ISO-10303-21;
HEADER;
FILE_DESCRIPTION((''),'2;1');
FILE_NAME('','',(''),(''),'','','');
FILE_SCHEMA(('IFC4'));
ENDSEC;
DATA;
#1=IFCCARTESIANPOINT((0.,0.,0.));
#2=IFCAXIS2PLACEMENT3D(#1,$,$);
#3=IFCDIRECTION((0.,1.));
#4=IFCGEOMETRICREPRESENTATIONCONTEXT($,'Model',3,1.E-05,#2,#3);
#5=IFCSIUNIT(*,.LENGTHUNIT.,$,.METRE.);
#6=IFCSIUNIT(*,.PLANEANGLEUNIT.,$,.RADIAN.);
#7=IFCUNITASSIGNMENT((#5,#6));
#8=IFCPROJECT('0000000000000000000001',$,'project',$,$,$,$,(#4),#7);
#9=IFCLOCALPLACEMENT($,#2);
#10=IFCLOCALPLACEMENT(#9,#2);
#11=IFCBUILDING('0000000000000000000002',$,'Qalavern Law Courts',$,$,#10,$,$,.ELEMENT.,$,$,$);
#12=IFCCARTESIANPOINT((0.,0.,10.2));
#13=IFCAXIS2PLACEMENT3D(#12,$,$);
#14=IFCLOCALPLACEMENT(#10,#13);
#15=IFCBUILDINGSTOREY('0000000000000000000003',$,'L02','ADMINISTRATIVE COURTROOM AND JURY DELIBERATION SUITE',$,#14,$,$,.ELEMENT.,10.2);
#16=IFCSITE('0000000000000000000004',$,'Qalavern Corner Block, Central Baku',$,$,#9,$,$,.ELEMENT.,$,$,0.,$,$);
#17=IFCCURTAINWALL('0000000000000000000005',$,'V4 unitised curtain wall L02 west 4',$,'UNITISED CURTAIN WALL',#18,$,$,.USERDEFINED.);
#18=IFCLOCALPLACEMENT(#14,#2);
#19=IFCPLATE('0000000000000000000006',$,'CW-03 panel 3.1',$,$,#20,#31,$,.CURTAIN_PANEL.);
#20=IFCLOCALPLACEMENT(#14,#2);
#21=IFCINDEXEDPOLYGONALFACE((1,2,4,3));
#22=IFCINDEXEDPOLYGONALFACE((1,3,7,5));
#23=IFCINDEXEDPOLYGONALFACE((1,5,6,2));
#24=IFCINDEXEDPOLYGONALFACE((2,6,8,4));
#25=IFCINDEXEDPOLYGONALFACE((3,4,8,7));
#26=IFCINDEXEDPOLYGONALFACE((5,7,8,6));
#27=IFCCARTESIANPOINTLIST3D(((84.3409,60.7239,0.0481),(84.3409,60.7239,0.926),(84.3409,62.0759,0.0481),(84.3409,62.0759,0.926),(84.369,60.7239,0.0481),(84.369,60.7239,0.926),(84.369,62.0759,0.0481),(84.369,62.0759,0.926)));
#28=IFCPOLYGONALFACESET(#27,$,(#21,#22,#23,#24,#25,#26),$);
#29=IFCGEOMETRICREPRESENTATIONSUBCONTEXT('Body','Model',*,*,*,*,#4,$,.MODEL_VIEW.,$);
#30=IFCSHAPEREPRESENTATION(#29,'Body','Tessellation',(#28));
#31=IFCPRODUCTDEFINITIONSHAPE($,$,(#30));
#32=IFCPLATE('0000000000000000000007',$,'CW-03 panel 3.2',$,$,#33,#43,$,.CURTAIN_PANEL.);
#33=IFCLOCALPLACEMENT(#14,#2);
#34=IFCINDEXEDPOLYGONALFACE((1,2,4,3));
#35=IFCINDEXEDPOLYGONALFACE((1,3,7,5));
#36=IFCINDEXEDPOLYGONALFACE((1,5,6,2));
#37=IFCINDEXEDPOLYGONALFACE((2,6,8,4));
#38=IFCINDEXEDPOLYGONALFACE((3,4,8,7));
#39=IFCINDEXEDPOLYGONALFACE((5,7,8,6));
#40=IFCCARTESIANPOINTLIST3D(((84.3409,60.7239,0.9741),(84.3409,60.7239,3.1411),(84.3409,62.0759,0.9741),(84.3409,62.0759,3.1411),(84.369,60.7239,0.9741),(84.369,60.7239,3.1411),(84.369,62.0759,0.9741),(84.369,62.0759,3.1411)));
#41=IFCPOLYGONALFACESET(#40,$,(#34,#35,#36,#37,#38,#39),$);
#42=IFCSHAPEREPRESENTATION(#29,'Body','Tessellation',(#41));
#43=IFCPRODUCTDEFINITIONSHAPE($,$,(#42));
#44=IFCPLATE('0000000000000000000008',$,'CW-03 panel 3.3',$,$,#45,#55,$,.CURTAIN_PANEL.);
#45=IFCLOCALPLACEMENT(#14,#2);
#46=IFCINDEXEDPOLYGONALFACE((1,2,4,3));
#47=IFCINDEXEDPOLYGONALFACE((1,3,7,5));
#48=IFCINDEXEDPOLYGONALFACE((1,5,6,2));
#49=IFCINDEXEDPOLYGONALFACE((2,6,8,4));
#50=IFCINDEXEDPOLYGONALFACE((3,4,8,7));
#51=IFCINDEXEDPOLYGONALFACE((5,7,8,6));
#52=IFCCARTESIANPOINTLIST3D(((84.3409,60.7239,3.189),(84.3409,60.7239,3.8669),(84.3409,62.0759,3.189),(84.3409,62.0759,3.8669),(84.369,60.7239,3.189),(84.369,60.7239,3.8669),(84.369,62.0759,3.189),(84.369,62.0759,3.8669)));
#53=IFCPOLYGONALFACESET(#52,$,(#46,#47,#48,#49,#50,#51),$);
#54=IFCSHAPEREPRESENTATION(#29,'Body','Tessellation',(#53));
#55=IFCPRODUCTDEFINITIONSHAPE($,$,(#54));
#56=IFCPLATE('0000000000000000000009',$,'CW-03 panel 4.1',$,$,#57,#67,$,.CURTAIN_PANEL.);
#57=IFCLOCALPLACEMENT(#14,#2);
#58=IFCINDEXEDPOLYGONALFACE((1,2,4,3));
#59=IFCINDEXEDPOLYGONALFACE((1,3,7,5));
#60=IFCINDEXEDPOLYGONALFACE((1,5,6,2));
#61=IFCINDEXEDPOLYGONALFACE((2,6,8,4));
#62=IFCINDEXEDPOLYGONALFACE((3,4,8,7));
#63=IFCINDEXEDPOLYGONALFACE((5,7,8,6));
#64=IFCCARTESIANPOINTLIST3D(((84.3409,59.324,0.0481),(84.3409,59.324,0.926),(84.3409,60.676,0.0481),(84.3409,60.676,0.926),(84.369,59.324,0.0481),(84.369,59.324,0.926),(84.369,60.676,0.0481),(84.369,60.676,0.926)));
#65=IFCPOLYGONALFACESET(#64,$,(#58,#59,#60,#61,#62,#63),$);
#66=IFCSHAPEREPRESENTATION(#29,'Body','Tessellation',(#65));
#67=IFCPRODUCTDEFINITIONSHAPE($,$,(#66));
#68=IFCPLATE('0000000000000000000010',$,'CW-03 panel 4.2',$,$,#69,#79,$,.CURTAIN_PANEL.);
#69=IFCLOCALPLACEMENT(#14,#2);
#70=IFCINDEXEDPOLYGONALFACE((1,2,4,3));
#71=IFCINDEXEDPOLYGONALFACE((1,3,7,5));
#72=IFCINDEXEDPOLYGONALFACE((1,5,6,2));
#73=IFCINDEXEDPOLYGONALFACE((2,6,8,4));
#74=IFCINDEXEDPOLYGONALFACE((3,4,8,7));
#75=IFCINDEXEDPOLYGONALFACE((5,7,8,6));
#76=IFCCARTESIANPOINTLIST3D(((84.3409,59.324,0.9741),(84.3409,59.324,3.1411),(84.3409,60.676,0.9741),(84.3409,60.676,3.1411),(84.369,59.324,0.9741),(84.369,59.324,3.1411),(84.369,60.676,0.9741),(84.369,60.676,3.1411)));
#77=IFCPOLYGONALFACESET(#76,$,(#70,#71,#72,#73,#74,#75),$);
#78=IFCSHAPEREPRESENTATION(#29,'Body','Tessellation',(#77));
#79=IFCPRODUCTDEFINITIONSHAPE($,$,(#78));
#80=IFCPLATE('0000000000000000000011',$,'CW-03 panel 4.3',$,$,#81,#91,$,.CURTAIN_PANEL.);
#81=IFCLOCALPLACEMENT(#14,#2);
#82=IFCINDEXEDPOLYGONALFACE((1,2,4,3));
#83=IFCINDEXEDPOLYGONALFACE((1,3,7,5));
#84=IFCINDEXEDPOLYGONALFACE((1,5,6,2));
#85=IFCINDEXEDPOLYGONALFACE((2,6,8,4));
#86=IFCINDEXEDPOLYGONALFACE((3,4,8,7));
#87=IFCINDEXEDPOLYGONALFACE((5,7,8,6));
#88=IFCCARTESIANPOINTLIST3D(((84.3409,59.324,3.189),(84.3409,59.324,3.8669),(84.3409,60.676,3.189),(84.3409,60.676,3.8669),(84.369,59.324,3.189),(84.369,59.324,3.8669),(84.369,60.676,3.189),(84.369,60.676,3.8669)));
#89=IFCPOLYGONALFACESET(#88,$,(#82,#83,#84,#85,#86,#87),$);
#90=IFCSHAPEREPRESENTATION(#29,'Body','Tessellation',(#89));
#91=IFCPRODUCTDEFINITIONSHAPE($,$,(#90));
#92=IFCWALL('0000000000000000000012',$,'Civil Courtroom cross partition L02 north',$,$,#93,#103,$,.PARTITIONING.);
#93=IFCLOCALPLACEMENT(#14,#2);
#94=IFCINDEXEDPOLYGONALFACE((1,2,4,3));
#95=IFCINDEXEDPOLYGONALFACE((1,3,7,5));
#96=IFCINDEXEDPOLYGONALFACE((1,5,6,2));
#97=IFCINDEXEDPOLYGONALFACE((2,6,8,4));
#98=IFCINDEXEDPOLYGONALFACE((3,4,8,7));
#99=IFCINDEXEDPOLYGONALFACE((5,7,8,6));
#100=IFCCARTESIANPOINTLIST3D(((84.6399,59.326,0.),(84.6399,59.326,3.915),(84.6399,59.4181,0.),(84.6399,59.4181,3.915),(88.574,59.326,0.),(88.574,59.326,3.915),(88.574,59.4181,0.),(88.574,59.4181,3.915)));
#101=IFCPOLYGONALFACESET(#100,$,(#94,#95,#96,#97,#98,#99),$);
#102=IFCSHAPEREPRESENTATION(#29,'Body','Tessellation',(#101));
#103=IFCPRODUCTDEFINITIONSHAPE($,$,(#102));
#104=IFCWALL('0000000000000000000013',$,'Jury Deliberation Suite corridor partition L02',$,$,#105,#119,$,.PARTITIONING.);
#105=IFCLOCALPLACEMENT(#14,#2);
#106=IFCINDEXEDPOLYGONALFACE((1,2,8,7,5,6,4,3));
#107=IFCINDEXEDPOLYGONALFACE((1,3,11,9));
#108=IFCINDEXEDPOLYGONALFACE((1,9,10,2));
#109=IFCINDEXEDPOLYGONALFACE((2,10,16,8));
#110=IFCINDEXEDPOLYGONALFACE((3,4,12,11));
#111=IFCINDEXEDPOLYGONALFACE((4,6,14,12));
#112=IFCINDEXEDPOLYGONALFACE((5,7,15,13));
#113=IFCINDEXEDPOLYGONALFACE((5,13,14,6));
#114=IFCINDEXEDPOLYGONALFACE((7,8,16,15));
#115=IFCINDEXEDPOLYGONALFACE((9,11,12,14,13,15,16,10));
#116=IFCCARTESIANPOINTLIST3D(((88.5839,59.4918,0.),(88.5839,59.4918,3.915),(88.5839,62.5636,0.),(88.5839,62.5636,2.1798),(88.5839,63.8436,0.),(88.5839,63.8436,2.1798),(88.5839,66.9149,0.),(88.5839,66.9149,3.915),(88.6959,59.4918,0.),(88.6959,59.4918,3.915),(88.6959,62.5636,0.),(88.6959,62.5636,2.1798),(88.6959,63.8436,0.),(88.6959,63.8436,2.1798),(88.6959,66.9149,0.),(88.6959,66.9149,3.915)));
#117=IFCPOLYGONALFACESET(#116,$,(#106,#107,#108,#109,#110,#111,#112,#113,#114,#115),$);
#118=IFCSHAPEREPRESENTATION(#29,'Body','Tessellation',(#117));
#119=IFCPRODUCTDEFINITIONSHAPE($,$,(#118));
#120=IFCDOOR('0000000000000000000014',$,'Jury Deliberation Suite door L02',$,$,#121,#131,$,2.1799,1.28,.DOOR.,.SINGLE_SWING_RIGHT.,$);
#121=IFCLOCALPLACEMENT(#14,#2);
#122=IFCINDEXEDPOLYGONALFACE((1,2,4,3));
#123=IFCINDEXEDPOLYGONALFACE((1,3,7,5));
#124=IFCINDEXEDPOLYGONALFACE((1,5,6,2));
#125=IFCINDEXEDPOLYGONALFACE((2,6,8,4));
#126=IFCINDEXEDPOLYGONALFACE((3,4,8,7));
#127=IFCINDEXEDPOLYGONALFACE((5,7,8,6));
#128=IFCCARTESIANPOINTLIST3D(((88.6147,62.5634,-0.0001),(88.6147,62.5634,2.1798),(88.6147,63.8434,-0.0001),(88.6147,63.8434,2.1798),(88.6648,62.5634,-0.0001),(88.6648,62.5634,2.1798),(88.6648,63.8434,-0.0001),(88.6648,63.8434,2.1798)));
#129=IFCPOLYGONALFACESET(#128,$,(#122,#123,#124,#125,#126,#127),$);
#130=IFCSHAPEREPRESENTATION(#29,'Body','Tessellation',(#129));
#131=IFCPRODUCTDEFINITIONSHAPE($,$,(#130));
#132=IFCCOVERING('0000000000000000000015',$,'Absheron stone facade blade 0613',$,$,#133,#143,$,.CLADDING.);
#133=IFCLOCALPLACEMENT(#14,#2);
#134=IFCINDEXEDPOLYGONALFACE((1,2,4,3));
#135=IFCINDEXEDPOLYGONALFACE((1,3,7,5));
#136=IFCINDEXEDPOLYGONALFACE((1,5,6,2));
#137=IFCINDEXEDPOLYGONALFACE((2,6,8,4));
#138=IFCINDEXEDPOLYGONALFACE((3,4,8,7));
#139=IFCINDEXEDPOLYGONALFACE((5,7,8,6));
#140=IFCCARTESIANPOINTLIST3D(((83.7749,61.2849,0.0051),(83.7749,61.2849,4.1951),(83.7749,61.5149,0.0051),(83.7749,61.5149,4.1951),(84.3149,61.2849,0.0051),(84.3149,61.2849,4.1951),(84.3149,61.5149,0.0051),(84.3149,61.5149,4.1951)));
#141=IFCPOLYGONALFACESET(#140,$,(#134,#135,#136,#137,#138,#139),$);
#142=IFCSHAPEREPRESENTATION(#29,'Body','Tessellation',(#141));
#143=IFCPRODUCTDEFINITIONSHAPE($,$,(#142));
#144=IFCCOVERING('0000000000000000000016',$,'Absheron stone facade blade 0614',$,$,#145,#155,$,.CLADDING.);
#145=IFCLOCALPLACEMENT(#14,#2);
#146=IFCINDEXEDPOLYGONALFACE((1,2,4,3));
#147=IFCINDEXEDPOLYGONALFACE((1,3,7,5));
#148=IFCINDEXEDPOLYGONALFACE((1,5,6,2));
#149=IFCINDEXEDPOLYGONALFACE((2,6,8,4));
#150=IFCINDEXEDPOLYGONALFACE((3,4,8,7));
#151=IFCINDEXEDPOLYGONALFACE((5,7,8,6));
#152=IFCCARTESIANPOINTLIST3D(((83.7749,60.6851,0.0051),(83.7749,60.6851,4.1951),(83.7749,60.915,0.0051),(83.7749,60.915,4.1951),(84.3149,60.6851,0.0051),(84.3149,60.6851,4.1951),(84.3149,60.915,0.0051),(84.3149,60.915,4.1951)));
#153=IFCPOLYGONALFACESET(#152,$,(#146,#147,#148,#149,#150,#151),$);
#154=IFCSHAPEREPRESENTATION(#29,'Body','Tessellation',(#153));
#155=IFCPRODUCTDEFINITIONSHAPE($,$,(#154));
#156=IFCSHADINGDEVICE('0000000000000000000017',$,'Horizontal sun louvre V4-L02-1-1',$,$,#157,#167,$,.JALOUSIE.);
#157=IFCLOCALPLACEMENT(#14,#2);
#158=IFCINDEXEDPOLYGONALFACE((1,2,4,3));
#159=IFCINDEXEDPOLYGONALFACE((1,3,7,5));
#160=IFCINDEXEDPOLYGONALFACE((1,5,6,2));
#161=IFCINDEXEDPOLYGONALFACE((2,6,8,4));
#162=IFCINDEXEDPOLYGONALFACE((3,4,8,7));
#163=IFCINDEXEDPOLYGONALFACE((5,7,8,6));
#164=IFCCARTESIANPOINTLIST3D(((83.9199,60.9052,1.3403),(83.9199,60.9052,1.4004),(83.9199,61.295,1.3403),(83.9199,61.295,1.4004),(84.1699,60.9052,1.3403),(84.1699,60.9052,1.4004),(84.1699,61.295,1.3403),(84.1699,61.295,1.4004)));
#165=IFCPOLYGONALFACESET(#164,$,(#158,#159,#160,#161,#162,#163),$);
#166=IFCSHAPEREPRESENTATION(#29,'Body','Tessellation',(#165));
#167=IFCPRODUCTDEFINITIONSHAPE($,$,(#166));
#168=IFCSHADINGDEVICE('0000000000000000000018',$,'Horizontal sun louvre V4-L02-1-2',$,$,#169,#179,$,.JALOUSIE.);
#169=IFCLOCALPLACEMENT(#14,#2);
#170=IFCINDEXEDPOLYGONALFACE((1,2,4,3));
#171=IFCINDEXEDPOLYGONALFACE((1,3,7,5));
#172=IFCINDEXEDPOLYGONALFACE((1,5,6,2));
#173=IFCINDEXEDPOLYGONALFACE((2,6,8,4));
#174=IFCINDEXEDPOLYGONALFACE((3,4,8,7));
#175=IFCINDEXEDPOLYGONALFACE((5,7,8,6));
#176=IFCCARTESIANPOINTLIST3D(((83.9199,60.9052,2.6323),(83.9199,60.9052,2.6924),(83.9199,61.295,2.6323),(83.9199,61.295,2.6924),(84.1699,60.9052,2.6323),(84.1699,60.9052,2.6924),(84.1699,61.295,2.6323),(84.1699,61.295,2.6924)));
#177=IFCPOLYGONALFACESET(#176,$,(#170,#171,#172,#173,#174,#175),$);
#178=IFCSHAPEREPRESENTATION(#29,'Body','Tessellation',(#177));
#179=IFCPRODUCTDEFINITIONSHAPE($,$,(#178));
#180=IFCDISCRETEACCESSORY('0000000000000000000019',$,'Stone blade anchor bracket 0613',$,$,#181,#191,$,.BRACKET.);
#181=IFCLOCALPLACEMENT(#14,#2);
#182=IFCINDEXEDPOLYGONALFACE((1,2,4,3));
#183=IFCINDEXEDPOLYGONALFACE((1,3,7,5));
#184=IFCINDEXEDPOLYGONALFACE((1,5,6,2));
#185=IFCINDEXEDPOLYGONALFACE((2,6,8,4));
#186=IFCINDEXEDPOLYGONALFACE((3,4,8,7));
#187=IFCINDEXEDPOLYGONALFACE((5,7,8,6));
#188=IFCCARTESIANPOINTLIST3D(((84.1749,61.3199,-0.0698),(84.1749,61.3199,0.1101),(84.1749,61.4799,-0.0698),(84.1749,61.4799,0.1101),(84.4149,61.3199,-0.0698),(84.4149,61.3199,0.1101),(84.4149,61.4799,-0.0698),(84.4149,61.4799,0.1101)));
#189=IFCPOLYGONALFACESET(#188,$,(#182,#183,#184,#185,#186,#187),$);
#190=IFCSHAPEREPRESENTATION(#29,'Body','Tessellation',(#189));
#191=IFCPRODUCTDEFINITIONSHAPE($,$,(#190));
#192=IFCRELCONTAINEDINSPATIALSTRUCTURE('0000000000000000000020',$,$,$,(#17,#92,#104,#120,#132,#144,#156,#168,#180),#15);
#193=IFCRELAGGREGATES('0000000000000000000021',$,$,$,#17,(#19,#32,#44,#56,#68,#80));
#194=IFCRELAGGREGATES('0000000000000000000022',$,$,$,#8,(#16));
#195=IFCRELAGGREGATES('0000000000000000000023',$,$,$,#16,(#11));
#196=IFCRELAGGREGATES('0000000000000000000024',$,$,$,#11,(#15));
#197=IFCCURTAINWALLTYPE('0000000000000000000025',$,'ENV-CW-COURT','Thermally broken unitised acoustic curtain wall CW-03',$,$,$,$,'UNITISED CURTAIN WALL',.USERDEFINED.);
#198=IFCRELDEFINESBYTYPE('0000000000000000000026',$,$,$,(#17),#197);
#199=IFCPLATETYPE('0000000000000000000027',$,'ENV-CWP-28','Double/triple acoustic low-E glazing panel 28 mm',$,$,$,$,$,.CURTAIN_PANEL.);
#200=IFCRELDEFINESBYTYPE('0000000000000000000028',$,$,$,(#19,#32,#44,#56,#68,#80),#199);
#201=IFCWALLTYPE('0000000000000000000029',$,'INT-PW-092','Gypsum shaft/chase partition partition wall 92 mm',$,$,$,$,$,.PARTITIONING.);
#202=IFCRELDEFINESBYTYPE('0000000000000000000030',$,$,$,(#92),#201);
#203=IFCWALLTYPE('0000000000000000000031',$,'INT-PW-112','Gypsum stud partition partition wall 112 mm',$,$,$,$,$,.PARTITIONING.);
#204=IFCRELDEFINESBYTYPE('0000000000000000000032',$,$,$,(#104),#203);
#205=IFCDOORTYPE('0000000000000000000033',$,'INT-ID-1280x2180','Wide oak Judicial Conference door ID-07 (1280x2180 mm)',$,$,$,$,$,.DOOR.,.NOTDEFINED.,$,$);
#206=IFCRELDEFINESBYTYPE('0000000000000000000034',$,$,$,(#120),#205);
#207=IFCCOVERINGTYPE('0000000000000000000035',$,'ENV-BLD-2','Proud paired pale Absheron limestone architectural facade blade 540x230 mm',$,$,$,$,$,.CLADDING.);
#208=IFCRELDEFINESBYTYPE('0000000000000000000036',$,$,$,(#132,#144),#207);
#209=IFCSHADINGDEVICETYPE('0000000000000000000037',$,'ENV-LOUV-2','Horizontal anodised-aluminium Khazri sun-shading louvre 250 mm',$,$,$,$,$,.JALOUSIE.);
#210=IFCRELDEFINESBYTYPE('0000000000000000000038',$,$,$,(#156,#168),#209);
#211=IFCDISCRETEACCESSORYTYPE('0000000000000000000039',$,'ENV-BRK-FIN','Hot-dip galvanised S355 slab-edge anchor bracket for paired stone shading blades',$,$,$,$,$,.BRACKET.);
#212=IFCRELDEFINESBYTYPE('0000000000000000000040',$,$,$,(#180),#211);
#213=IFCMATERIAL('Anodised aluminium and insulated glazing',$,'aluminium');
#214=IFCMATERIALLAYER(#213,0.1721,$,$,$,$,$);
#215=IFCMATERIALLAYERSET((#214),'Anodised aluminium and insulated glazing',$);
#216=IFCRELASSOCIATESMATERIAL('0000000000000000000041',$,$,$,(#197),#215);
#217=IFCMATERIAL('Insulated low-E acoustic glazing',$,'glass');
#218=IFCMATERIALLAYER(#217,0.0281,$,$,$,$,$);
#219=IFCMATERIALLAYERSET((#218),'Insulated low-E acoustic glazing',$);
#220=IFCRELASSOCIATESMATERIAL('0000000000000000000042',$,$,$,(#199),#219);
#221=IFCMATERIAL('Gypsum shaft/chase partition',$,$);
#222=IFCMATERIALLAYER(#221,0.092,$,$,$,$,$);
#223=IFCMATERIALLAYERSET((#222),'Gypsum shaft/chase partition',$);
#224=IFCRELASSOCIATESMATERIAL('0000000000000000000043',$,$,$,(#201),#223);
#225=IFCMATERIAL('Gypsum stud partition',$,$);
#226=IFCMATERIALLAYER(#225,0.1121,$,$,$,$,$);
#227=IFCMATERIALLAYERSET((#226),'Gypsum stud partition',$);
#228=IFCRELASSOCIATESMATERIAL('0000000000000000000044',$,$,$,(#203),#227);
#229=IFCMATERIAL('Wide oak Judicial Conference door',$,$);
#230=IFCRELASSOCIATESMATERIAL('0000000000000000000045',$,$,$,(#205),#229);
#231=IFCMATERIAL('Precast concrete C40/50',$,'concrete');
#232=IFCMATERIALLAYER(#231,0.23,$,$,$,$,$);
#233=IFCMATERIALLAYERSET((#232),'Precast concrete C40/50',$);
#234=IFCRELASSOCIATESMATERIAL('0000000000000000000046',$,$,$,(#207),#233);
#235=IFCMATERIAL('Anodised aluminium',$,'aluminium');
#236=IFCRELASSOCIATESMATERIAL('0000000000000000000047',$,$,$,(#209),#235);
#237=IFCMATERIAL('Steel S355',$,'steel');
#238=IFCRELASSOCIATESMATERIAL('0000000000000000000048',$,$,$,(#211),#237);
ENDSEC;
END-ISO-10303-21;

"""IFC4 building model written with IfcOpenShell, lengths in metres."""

from ifc_helpers import new_model, si_unit, direction, frame, frame_2d, origin, origin_2d, place, context, subcontext, project, spatial, rectangle, extrude, material, layer, layer_set, type_object, element, fill, aggregate, save


model = new_model("IFC4")

# Units and contexts
model_context = context("Model", 3, precision=1e-05, world=origin(), true_north=direction((0.0, 1.0)))
body_context = subcontext(model_context, "Body", "Model", "MODEL_VIEW")
ifc_project = project(units=[si_unit("LENGTHUNIT", "METRE"), si_unit("PLANEANGLEUNIT", "RADIAN")], contexts=[model_context])

# Site, building, storey
site_placement = place(None, origin())
site = spatial("IfcSite", under=ifc_project, at=site_placement, Name="Qalavern Corner Block, Central Baku", CompositionType="ELEMENT", RefElevation=0.0)
building_placement = place(site_placement, origin())
building = spatial("IfcBuilding", under=site, at=building_placement, Name="Qalavern Law Courts", CompositionType="ELEMENT")
storey_placement = place(building_placement, frame((0.0, 0.0, 10.2)))
storey = spatial("IfcBuildingStorey", under=building, at=storey_placement, Name="L02", Description="ADMINISTRATIVE COURTROOM AND JURY DELIBERATION SUITE", CompositionType="ELEMENT", Elevation=10.2)

# Curtain wall
ifc_material_1 = material(Name="Anodised aluminium and insulated glazing", Category="aluminium")
ifc_layer_1 = layer(ifc_material_1, 0.1721)
ifc_layer_set_1 = layer_set([ifc_layer_1], Name="Anodised aluminium and insulated glazing")
curtain_wall_type = type_object("IfcCurtainWallType", Name="ENV-CW-COURT", Description="Thermally broken unitised acoustic curtain wall CW-03", ElementType="UNITISED CURTAIN WALL", PredefinedType="USERDEFINED", material=ifc_layer_set_1)
curtain_wall_placement = place(storey_placement, origin())
curtain_wall = element("IfcCurtainWall", 1, at=curtain_wall_placement, inside=storey, type_object=curtain_wall_type, Name="V4 unitised curtain wall L02 west 4", ObjectType="UNITISED CURTAIN WALL", PredefinedType="USERDEFINED")
ifc_material_2 = material(Name="Anodised aluminium", Category="aluminium")

# Shared definitions
ifc_material_3 = material(Name="Steel S355", Category="steel")

# Plates
ifc_material_4 = material(Name="Insulated low-E acoustic glazing", Category="glass")
ifc_layer_2 = layer(ifc_material_4, 0.0281)
ifc_layer_set_2 = layer_set([ifc_layer_2], Name="Insulated low-E acoustic glazing")
plate_type = type_object("IfcPlateType", Name="ENV-CWP-28", Description="Double/triple acoustic low-E glazing panel 28 mm", PredefinedType="CURTAIN_PANEL", material=ifc_layer_set_2)
plate_1_placement = place(storey_placement, frame((84.355, 61.3999, 0.0481), z_axis=(0.0, 0.0, 1.0), x_axis=(0.0, -1.0, 0.0)))
plate_1 = element("IfcPlate", 2, at=plate_1_placement, type_object=plate_type, Name="CW-03 panel 3.1", PredefinedType="CURTAIN_PANEL", context=body_context, shape_type="SweptSolid", body=[
    extrude(rectangle(XDim=1.3521, YDim=0.0281, at=origin_2d()), origin(), (0.0, 0.0, 1.0), 0.8779),
])
plate_2_placement = place(storey_placement, frame((84.355, 61.3999, 0.9741), z_axis=(0.0, 0.0, 1.0), x_axis=(0.0, -1.0, 0.0)))
plate_2 = element("IfcPlate", 3, at=plate_2_placement, type_object=plate_type, Name="CW-03 panel 3.2", PredefinedType="CURTAIN_PANEL", context=body_context, shape_type="SweptSolid", body=[
    extrude(rectangle(XDim=1.3521, YDim=0.0281, at=origin_2d()), origin(), (0.0, 0.0, 1.0), 2.167),
])
plate_3_placement = place(storey_placement, frame((84.355, 61.3999, 3.189), z_axis=(0.0, 0.0, 1.0), x_axis=(0.0, -1.0, 0.0)))
plate_3 = element("IfcPlate", 4, at=plate_3_placement, type_object=plate_type, Name="CW-03 panel 3.3", PredefinedType="CURTAIN_PANEL", context=body_context, shape_type="SweptSolid", body=[
    extrude(rectangle(XDim=1.3521, YDim=0.0281, at=origin_2d()), origin(), (0.0, 0.0, 1.0), 0.678),
])
plate_4_placement = place(storey_placement, frame((84.355, 60.0, 0.0481), z_axis=(0.0, 0.0, 1.0), x_axis=(0.0, -1.0, 0.0)))
plate_4 = element("IfcPlate", 5, at=plate_4_placement, type_object=plate_type, Name="CW-03 panel 4.1", PredefinedType="CURTAIN_PANEL", context=body_context, shape_type="SweptSolid", body=[
    extrude(rectangle(XDim=1.3521, YDim=0.0281, at=origin_2d()), origin(), (0.0, 0.0, 1.0), 0.8779),
])
plate_5_placement = place(storey_placement, frame((84.355, 60.0, 0.9741), z_axis=(0.0, 0.0, 1.0), x_axis=(0.0, -1.0, 0.0)))
plate_5 = element("IfcPlate", 6, at=plate_5_placement, type_object=plate_type, Name="CW-03 panel 4.2", PredefinedType="CURTAIN_PANEL", context=body_context, shape_type="SweptSolid", body=[
    extrude(rectangle(XDim=1.3521, YDim=0.0281, at=origin_2d()), origin(), (0.0, 0.0, 1.0), 2.167),
])
plate_6_placement = place(storey_placement, frame((84.355, 60.0, 3.189), z_axis=(0.0, 0.0, 1.0), x_axis=(0.0, -1.0, 0.0)))
plate_6 = element("IfcPlate", 7, at=plate_6_placement, type_object=plate_type, Name="CW-03 panel 4.3", PredefinedType="CURTAIN_PANEL", context=body_context, shape_type="SweptSolid", body=[
    extrude(rectangle(XDim=1.3521, YDim=0.0281, at=origin_2d()), origin(), (0.0, 0.0, 1.0), 0.678),
])
aggregate(curtain_wall, [plate_1, plate_2, plate_3, plate_4, plate_5, plate_6])

# Wall
ifc_material_5 = material(Name="Gypsum shaft/chase partition")
ifc_layer_3 = layer(ifc_material_5, 0.092)
ifc_layer_set_3 = layer_set([ifc_layer_3], Name="Gypsum shaft/chase partition")
wall_type_1 = type_object("IfcWallType", Name="INT-PW-092", Description="Gypsum shaft/chase partition partition wall 92 mm", PredefinedType="PARTITIONING", material=ifc_layer_set_3)
wall_1_placement = place(storey_placement, frame((84.6399, 59.3721, 0.0), z_axis=(0.0, 0.0, 1.0), x_axis=(1.0, 0.0, 0.0)))
element("IfcWall", 8, at=wall_1_placement, inside=storey, type_object=wall_type_1, Name="Civil Courtroom cross partition L02 north", PredefinedType="PARTITIONING", context=body_context, shape_type="SweptSolid", body=[
    extrude(rectangle(XDim=3.9341, YDim=0.092, at=frame_2d((1.967, 0.0))), origin(), (0.0, 0.0, 1.0), 3.915),
])

# Wall, opening, door
ifc_material_6 = material(Name="Gypsum stud partition")
ifc_layer_4 = layer(ifc_material_6, 0.1121)
ifc_layer_set_4 = layer_set([ifc_layer_4], Name="Gypsum stud partition")
wall_type_2 = type_object("IfcWallType", Name="INT-PW-112", Description="Gypsum stud partition partition wall 112 mm", PredefinedType="PARTITIONING", material=ifc_layer_set_4)
wall_2_placement = place(storey_placement, frame((88.6399, 59.4919, 0.0), z_axis=(0.0, 0.0, 1.0), x_axis=(0.0, 1.0, 0.0)))
wall_2 = element("IfcWall", 9, at=wall_2_placement, inside=storey, type_object=wall_type_2, Name="Jury Deliberation Suite corridor partition L02", PredefinedType="PARTITIONING", context=body_context, shape_type="SweptSolid", body=[
    extrude(rectangle(XDim=7.4231, YDim=0.1121, at=frame_2d((3.7114, 0.0))), origin(), (0.0, 0.0, 1.0), 3.915),
])
opening_placement = place(wall_2_placement, frame((3.0715, 0.0, 0.0)))
opening = element("IfcOpeningElement", 10, at=opening_placement, cuts=wall_2, PredefinedType="OPENING", context=body_context, shape_type="SweptSolid", body=[
    extrude(rectangle(XDim=1.28, YDim=2.1799, at=frame_2d((0.6401, 1.0898))), frame((0.0, 0.0708, 0.0), z_axis=(0.0, -1.0, 0.0), x_axis=(1.0, 0.0, 0.0)), (0.0, 0.0, 1.0), 0.1418),
])
ifc_material_7 = material(Name="Wide oak Judicial Conference door")
door_type = type_object("IfcDoorType", Name="INT-ID-1280x2180", Description="Wide oak Judicial Conference door ID-07 (1280x2180 mm)", OperationType="NOTDEFINED", PredefinedType="DOOR", material=ifc_material_7)
door_placement = place(opening_placement, frame((1.28, 0.0, 0.0), z_axis=(0.0, 0.0, 1.0), x_axis=(-1.0, 0.0, 0.0)))
door = element("IfcDoor", 11, at=door_placement, inside=storey, type_object=door_type, Name="Jury Deliberation Suite door L02", OperationType="SINGLE_SWING_RIGHT", OverallHeight=2.1799, OverallWidth=1.28, PredefinedType="DOOR", context=body_context, shape_type="SweptSolid", body=[
    extrude(rectangle(XDim=1.28, YDim=2.1799, at=frame_2d((0.6401, 1.0898))), frame((0.0, 0.0249, 0.0), z_axis=(0.0, -1.0, 0.0), x_axis=(1.0, 0.0, 0.0)), (0.0, 0.0, 1.0), 0.05),
])
fill(opening, door)

# Coverings
ifc_material_8 = material(Name="Precast concrete C40/50", Category="concrete")
ifc_layer_5 = layer(ifc_material_8, 0.23)
ifc_layer_set_5 = layer_set([ifc_layer_5], Name="Precast concrete C40/50")
covering_type = type_object("IfcCoveringType", Name="ENV-BLD-2", Description="Proud paired pale Absheron limestone architectural facade blade 540x230 mm", PredefinedType="CLADDING", material=ifc_layer_set_5)
for number, where, z_axis, x_axis, name in (
    (12, (84.0449, 61.3999, 0.0051), (0.0, 0.0, 1.0), (-1.0, 0.0, 0.0), "Absheron stone facade blade 0613"),
    (13, (84.0449, 60.8, 0.0051), (0.0, 0.0, 1.0), (-1.0, 0.0, 0.0), "Absheron stone facade blade 0614"),
):
    element("IfcCovering", number, at=place(storey_placement, frame(where, z_axis=z_axis, x_axis=x_axis)), inside=storey, type_object=covering_type, Name=name, PredefinedType="CLADDING", context=body_context, shape_type="SweptSolid", body=[
        extrude(rectangle(XDim=0.54, YDim=0.23, at=origin_2d()), origin(), (0.0, 0.0, 1.0), 4.1899),
    ])

# Shading devices
shading_device_type = type_object("IfcShadingDeviceType", Name="ENV-LOUV-2", Description="Horizontal anodised-aluminium Khazri sun-shading louvre 250 mm", PredefinedType="JALOUSIE", material=ifc_material_2)
for number, where, z_axis, x_axis, name in (
    (14, (84.0449, 61.1001, 1.3403), (0.0, 0.0, 1.0), (0.0, -1.0, 0.0), "Horizontal sun louvre V4-L02-1-1"),
    (15, (84.0449, 61.1001, 2.6323), (0.0, 0.0, 1.0), (0.0, -1.0, 0.0), "Horizontal sun louvre V4-L02-1-2"),
):
    element("IfcShadingDevice", number, at=place(storey_placement, frame(where, z_axis=z_axis, x_axis=x_axis)), inside=storey, type_object=shading_device_type, Name=name, PredefinedType="JALOUSIE", context=body_context, shape_type="SweptSolid", body=[
        extrude(rectangle(XDim=0.3899, YDim=0.25, at=origin_2d()), origin(), (0.0, 0.0, 1.0), 0.0601),
    ])

# Discrete accessory
discrete_accessory_type = type_object("IfcDiscreteAccessoryType", Name="ENV-BRK-FIN", Description="Hot-dip galvanised S355 slab-edge anchor bracket for paired stone shading blades", PredefinedType="BRACKET", material=ifc_material_3)
for number, where, z_axis, x_axis, name in (
    (16, (84.2949, 61.3999, -0.0698), (0.0, 0.0, 1.0), (-1.0, 0.0, 0.0), "Stone blade anchor bracket 0613"),
):
    element("IfcDiscreteAccessory", number, at=place(storey_placement, frame(where, z_axis=z_axis, x_axis=x_axis)), inside=storey, type_object=discrete_accessory_type, Name=name, PredefinedType="BRACKET", context=body_context, shape_type="SweptSolid", body=[
        extrude(rectangle(XDim=0.24, YDim=0.1599, at=origin_2d()), origin(), (0.0, 0.0, 1.0), 0.1799),
    ])

save(model, "model.ifc")
